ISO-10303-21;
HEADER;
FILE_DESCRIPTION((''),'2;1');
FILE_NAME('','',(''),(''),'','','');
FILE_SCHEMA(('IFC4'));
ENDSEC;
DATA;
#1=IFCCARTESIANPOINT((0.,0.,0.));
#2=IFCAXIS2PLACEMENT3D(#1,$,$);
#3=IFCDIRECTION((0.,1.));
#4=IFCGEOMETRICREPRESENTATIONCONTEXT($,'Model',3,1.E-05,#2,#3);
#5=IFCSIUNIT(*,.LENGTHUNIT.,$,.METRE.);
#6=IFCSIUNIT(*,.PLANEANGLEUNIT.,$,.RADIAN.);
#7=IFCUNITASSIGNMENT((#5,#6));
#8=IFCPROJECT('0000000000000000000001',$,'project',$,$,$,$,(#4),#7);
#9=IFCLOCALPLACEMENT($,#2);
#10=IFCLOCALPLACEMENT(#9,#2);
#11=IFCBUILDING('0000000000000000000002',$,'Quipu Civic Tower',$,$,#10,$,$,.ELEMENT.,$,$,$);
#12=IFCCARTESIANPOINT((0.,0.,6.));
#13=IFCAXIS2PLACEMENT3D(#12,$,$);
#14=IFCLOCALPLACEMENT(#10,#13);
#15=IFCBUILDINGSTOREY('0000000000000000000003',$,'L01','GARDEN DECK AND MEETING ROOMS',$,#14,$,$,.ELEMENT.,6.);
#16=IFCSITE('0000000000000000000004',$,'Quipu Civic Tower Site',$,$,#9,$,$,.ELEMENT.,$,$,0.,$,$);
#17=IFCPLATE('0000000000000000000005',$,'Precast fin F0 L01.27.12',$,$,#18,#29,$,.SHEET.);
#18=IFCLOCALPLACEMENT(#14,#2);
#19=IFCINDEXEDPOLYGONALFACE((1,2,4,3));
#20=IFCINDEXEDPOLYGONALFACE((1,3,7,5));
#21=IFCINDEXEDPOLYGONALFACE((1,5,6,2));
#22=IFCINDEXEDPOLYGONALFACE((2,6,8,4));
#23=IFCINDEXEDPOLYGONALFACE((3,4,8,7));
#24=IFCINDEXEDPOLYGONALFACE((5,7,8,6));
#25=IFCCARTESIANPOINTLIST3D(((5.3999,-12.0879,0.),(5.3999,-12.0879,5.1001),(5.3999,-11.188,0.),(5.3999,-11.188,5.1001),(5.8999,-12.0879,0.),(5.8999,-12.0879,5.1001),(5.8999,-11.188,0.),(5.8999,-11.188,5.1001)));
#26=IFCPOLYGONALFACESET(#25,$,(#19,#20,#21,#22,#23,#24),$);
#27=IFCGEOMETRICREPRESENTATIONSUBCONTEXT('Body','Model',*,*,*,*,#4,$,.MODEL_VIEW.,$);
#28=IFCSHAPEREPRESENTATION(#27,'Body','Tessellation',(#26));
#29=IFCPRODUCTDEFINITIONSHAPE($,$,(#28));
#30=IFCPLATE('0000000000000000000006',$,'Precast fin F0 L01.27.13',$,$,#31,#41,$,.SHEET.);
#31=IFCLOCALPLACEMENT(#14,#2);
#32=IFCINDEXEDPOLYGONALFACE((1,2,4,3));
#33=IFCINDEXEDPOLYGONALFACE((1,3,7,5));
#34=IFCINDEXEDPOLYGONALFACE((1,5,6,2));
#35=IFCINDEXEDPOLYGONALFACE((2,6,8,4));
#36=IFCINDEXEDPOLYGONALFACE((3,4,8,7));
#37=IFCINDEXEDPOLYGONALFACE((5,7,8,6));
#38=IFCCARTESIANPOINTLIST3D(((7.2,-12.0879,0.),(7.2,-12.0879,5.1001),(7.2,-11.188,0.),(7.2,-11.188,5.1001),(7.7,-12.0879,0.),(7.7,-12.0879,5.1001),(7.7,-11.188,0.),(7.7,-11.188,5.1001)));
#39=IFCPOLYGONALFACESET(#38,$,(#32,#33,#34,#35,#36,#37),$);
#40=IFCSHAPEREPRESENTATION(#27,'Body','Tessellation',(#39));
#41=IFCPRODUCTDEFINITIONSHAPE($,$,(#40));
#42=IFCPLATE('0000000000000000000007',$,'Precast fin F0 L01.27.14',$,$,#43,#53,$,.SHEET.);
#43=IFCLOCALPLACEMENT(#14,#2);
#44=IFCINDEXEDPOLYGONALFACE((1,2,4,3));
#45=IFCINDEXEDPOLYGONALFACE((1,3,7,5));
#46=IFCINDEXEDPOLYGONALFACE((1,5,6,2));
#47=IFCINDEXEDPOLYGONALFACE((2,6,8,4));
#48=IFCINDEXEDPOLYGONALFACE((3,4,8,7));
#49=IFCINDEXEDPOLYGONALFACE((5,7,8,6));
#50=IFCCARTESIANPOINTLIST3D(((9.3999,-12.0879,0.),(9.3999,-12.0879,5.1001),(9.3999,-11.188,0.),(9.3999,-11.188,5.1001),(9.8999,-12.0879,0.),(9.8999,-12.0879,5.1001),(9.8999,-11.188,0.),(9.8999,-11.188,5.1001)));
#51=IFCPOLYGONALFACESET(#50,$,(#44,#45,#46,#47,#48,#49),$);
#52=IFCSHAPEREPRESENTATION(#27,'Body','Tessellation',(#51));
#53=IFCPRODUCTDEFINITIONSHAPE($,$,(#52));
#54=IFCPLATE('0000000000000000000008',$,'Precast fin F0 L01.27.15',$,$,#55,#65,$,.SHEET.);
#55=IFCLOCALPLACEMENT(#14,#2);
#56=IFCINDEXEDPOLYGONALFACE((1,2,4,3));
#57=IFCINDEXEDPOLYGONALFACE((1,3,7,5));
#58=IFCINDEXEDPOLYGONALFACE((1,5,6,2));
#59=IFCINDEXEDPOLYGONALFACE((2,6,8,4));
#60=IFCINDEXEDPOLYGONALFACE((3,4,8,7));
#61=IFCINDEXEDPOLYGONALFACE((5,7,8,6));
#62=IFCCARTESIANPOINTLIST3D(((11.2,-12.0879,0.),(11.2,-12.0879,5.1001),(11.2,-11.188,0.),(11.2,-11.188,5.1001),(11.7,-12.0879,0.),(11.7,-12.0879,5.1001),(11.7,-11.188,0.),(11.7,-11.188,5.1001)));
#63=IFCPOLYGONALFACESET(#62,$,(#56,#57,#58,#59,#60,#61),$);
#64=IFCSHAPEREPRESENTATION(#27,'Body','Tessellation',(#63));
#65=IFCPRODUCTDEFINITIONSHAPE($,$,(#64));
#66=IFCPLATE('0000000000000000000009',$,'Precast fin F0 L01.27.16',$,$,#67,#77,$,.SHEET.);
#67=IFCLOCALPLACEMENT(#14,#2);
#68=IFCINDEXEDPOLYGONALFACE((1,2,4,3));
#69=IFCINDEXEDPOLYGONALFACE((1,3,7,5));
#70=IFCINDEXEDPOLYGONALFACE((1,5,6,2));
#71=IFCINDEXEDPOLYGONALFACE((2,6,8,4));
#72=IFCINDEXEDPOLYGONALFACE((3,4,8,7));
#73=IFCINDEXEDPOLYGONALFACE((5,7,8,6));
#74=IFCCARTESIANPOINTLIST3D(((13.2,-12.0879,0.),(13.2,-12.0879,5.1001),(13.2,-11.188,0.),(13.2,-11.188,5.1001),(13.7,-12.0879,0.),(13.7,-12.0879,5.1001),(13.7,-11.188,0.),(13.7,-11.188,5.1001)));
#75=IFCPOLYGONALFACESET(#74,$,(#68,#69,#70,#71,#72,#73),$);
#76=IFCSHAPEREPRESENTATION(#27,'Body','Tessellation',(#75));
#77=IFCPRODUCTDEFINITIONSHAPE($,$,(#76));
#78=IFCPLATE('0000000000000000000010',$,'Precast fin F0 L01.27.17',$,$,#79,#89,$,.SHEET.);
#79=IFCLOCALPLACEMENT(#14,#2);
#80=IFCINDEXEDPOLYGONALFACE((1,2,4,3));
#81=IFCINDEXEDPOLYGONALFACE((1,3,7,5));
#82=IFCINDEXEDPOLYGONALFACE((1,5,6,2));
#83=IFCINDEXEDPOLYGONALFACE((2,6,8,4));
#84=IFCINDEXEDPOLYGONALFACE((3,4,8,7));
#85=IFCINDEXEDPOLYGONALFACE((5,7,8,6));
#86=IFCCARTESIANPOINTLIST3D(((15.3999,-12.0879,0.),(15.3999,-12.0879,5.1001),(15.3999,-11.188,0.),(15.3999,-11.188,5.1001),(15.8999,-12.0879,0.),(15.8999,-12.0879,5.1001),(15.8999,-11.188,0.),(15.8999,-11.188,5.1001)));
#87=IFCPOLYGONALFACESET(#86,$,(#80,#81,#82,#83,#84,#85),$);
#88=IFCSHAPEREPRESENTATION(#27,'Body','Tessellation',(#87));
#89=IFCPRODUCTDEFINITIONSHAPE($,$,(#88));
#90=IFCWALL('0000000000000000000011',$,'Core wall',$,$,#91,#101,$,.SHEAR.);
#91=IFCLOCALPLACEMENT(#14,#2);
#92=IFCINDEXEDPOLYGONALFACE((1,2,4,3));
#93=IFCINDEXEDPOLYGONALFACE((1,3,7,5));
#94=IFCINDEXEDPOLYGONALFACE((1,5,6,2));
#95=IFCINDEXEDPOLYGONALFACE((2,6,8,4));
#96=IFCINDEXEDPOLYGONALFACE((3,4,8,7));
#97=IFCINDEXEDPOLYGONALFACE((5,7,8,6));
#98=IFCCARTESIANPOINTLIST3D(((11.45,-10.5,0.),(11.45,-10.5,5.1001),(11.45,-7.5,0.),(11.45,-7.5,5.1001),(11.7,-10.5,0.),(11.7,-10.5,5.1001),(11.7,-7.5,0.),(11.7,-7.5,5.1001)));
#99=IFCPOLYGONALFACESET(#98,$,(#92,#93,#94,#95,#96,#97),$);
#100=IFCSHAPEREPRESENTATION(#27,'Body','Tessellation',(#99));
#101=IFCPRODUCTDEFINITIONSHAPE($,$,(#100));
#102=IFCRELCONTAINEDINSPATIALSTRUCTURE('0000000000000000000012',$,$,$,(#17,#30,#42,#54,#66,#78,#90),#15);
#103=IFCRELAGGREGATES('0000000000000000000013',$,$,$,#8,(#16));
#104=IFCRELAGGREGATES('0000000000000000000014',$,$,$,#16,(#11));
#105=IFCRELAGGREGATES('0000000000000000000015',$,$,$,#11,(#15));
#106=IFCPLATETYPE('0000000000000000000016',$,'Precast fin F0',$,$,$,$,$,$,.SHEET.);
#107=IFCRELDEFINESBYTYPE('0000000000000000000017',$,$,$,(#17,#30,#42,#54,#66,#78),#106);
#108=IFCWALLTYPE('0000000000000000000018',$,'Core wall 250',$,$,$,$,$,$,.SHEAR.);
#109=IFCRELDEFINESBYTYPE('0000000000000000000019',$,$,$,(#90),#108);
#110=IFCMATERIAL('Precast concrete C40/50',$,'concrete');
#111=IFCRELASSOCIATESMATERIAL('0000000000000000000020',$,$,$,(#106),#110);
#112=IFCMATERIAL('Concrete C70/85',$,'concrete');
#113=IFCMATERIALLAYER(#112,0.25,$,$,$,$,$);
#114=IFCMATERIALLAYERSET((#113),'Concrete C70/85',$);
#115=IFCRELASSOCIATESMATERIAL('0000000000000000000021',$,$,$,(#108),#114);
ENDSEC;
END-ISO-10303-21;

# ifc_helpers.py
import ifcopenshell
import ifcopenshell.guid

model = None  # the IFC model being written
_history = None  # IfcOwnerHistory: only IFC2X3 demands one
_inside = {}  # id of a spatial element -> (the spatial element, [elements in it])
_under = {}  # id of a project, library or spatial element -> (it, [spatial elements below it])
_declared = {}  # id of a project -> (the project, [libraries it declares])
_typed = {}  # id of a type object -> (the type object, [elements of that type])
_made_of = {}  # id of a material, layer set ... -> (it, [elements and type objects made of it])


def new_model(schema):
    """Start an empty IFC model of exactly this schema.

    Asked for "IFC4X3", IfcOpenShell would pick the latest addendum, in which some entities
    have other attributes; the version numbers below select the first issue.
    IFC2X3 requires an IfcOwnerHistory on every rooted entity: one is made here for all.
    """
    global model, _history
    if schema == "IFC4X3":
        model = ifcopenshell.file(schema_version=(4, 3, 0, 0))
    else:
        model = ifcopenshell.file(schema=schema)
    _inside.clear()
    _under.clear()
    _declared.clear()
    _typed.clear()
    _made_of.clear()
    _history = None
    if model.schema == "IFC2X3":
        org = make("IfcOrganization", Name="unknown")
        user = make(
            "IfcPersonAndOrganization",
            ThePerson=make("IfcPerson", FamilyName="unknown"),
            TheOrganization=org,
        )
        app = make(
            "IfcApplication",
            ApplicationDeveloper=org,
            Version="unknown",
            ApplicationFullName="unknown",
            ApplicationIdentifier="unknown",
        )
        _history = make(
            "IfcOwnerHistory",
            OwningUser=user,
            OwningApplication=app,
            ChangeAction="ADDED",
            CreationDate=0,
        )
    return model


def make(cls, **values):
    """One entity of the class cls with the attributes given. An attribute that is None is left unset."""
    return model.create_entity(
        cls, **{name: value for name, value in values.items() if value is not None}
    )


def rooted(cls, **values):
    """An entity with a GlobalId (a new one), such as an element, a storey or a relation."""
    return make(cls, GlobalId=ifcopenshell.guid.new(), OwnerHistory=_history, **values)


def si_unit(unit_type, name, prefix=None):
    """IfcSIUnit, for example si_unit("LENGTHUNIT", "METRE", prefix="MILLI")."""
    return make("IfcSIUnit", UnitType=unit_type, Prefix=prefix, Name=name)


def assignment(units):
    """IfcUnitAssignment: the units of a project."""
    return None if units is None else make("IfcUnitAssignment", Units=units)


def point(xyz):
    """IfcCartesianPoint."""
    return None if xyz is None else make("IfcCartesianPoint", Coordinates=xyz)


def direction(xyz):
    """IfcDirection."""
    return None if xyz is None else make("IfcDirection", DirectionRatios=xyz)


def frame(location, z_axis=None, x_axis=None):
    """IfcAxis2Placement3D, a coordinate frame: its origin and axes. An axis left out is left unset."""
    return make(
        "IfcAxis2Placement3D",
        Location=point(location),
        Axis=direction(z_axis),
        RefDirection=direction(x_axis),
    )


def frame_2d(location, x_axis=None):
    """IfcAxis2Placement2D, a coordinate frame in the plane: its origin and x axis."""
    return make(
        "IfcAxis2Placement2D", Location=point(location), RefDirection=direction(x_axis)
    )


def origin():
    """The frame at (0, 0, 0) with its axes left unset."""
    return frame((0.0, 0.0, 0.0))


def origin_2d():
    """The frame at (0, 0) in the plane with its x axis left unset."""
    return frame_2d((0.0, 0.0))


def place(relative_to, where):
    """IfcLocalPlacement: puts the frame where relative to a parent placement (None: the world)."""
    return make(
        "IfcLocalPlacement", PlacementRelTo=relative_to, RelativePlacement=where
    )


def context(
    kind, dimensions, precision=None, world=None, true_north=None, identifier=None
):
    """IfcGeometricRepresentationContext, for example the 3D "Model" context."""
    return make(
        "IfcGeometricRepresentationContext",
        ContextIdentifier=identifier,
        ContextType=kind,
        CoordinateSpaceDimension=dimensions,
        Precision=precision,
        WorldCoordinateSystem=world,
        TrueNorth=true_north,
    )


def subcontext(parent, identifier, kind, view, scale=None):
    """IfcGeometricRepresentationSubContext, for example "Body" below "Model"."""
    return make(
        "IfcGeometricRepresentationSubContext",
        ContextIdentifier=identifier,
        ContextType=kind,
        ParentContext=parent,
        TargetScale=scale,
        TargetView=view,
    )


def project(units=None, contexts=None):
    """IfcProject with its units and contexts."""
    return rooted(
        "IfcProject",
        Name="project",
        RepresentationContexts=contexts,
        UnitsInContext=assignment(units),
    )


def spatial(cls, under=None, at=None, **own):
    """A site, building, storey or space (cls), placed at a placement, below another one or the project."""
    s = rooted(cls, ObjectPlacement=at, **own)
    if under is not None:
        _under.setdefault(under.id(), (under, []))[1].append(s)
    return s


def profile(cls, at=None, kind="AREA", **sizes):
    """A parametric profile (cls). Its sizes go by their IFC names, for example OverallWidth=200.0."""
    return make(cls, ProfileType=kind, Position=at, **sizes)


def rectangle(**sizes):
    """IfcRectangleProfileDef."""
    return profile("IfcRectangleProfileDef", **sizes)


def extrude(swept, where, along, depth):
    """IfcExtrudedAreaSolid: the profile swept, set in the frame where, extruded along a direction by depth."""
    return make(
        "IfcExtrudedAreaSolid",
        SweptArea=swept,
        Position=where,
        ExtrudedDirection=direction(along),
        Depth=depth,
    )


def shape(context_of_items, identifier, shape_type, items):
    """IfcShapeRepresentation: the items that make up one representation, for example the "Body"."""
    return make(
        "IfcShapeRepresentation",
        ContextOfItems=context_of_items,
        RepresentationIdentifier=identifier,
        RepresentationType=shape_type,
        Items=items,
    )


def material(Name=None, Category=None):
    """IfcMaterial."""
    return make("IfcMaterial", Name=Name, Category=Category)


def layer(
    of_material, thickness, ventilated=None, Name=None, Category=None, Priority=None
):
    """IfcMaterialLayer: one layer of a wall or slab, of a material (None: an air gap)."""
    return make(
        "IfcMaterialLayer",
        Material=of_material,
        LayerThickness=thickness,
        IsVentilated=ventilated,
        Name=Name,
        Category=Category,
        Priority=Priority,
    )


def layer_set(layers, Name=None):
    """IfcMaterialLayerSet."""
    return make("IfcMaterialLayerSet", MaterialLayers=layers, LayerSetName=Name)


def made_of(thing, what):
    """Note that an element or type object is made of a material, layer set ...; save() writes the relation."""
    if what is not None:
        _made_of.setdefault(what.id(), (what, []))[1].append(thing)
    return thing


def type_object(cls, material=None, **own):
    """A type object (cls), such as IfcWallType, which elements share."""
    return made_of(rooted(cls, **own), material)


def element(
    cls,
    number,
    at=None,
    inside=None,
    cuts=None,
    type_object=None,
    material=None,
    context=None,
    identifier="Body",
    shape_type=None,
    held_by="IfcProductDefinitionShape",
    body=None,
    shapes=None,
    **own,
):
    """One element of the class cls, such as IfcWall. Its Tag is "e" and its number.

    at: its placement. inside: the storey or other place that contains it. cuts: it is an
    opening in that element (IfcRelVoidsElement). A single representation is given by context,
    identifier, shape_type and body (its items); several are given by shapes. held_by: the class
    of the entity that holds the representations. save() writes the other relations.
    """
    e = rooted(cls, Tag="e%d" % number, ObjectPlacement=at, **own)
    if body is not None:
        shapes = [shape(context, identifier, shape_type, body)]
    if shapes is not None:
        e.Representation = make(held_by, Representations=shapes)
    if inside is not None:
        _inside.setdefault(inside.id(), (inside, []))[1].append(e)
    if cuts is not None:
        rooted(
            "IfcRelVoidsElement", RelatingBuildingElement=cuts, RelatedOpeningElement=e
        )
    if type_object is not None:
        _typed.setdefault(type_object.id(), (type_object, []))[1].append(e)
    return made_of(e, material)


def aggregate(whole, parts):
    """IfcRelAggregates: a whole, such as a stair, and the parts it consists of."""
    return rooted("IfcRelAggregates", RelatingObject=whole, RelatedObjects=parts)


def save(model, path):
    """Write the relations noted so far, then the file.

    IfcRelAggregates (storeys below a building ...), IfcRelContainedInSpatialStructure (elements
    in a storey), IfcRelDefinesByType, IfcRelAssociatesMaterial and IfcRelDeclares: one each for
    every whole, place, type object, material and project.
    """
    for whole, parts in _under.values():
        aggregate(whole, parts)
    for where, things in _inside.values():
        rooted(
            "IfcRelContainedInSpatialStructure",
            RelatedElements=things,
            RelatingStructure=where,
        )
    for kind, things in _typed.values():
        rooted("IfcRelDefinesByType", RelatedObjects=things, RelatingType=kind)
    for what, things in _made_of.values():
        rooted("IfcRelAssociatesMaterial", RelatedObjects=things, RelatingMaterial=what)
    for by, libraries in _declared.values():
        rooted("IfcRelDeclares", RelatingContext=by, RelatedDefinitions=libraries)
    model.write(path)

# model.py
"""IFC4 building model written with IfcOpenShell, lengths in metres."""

from ifc_helpers import new_model, si_unit, direction, frame, frame_2d, origin, origin_2d, place, context, subcontext, project, spatial, rectangle, extrude, material, layer, layer_set, type_object, element, save


model = new_model("IFC4")

# Units and contexts
model_context = context("Model", 3, precision=1e-05, world=origin(), true_north=direction((0.0, 1.0)))
body_context = subcontext(model_context, "Body", "Model", "MODEL_VIEW")
ifc_project = project(units=[si_unit("LENGTHUNIT", "METRE"), si_unit("PLANEANGLEUNIT", "RADIAN")], contexts=[model_context])

# Site, building, storey
site_placement = place(None, origin())
site = spatial("IfcSite", under=ifc_project, at=site_placement, Name="Quipu Civic Tower Site", CompositionType="ELEMENT", RefElevation=0.0)
building_placement = place(site_placement, origin())
building = spatial("IfcBuilding", under=site, at=building_placement, Name="Quipu Civic Tower", CompositionType="ELEMENT")
storey_placement = place(building_placement, frame((0.0, 0.0, 6.0)))
storey = spatial("IfcBuildingStorey", under=building, at=storey_placement, Name="L01", Description="GARDEN DECK AND MEETING ROOMS", CompositionType="ELEMENT", Elevation=6.0)

# Plates
ifc_material_1 = material(Name="Precast concrete C40/50", Category="concrete")
plate_type = type_object("IfcPlateType", Name="Precast fin F0", PredefinedType="SHEET", material=ifc_material_1)
for number, where, z_axis, x_axis, name in (
    (1, (5.6499, -11.6379, 0.0), (0.0, 0.0, 1.0), (1.0, 0.0, 0.0), "Precast fin F0 L01.27.12"),
    (2, (7.45, -11.6379, 0.0), (0.0, 0.0, 1.0), (1.0, 0.0, 0.0), "Precast fin F0 L01.27.13"),
    (3, (9.6499, -11.6379, 0.0), (0.0, 0.0, 1.0), (1.0, 0.0, 0.0), "Precast fin F0 L01.27.14"),
    (4, (11.45, -11.6379, 0.0), (0.0, 0.0, 1.0), (1.0, 0.0, 0.0), "Precast fin F0 L01.27.15"),
    (5, (13.45, -11.6379, 0.0), (0.0, 0.0, 1.0), (1.0, 0.0, 0.0), "Precast fin F0 L01.27.16"),
    (6, (15.6499, -11.6379, 0.0), (0.0, 0.0, 1.0), (1.0, 0.0, 0.0), "Precast fin F0 L01.27.17"),
):
    element("IfcPlate", number, at=place(storey_placement, frame(where, z_axis=z_axis, x_axis=x_axis)), inside=storey, type_object=plate_type, Name=name, PredefinedType="SHEET", context=body_context, shape_type="SweptSolid", body=[
        extrude(rectangle(XDim=0.5, YDim=0.8999, at=origin_2d()), origin(), (0.0, 0.0, 1.0), 5.1001),
    ])

# Wall
ifc_material_2 = material(Name="Concrete C70/85", Category="concrete")
ifc_layer_1 = layer(ifc_material_2, 0.25)
ifc_layer_set_1 = layer_set([ifc_layer_1], Name="Concrete C70/85")
wall_type_1 = type_object("IfcWallType", Name="Core wall 250", PredefinedType="SHEAR", material=ifc_layer_set_1)
wall_1_placement = place(storey_placement, frame((11.575, -10.5, 0.0), z_axis=(0.0, 0.0, 1.0), x_axis=(0.0, 1.0, 0.0)))
element("IfcWall", 7, at=wall_1_placement, inside=storey, type_object=wall_type_1, Name="Core wall", PredefinedType="SHEAR", context=body_context, shape_type="SweptSolid", body=[
    extrude(rectangle(XDim=3.0, YDim=0.25, at=frame_2d((1.5, 0.0))), origin(), (0.0, 0.0, 1.0), 5.1001),
])

save(model, "model.ifc")
